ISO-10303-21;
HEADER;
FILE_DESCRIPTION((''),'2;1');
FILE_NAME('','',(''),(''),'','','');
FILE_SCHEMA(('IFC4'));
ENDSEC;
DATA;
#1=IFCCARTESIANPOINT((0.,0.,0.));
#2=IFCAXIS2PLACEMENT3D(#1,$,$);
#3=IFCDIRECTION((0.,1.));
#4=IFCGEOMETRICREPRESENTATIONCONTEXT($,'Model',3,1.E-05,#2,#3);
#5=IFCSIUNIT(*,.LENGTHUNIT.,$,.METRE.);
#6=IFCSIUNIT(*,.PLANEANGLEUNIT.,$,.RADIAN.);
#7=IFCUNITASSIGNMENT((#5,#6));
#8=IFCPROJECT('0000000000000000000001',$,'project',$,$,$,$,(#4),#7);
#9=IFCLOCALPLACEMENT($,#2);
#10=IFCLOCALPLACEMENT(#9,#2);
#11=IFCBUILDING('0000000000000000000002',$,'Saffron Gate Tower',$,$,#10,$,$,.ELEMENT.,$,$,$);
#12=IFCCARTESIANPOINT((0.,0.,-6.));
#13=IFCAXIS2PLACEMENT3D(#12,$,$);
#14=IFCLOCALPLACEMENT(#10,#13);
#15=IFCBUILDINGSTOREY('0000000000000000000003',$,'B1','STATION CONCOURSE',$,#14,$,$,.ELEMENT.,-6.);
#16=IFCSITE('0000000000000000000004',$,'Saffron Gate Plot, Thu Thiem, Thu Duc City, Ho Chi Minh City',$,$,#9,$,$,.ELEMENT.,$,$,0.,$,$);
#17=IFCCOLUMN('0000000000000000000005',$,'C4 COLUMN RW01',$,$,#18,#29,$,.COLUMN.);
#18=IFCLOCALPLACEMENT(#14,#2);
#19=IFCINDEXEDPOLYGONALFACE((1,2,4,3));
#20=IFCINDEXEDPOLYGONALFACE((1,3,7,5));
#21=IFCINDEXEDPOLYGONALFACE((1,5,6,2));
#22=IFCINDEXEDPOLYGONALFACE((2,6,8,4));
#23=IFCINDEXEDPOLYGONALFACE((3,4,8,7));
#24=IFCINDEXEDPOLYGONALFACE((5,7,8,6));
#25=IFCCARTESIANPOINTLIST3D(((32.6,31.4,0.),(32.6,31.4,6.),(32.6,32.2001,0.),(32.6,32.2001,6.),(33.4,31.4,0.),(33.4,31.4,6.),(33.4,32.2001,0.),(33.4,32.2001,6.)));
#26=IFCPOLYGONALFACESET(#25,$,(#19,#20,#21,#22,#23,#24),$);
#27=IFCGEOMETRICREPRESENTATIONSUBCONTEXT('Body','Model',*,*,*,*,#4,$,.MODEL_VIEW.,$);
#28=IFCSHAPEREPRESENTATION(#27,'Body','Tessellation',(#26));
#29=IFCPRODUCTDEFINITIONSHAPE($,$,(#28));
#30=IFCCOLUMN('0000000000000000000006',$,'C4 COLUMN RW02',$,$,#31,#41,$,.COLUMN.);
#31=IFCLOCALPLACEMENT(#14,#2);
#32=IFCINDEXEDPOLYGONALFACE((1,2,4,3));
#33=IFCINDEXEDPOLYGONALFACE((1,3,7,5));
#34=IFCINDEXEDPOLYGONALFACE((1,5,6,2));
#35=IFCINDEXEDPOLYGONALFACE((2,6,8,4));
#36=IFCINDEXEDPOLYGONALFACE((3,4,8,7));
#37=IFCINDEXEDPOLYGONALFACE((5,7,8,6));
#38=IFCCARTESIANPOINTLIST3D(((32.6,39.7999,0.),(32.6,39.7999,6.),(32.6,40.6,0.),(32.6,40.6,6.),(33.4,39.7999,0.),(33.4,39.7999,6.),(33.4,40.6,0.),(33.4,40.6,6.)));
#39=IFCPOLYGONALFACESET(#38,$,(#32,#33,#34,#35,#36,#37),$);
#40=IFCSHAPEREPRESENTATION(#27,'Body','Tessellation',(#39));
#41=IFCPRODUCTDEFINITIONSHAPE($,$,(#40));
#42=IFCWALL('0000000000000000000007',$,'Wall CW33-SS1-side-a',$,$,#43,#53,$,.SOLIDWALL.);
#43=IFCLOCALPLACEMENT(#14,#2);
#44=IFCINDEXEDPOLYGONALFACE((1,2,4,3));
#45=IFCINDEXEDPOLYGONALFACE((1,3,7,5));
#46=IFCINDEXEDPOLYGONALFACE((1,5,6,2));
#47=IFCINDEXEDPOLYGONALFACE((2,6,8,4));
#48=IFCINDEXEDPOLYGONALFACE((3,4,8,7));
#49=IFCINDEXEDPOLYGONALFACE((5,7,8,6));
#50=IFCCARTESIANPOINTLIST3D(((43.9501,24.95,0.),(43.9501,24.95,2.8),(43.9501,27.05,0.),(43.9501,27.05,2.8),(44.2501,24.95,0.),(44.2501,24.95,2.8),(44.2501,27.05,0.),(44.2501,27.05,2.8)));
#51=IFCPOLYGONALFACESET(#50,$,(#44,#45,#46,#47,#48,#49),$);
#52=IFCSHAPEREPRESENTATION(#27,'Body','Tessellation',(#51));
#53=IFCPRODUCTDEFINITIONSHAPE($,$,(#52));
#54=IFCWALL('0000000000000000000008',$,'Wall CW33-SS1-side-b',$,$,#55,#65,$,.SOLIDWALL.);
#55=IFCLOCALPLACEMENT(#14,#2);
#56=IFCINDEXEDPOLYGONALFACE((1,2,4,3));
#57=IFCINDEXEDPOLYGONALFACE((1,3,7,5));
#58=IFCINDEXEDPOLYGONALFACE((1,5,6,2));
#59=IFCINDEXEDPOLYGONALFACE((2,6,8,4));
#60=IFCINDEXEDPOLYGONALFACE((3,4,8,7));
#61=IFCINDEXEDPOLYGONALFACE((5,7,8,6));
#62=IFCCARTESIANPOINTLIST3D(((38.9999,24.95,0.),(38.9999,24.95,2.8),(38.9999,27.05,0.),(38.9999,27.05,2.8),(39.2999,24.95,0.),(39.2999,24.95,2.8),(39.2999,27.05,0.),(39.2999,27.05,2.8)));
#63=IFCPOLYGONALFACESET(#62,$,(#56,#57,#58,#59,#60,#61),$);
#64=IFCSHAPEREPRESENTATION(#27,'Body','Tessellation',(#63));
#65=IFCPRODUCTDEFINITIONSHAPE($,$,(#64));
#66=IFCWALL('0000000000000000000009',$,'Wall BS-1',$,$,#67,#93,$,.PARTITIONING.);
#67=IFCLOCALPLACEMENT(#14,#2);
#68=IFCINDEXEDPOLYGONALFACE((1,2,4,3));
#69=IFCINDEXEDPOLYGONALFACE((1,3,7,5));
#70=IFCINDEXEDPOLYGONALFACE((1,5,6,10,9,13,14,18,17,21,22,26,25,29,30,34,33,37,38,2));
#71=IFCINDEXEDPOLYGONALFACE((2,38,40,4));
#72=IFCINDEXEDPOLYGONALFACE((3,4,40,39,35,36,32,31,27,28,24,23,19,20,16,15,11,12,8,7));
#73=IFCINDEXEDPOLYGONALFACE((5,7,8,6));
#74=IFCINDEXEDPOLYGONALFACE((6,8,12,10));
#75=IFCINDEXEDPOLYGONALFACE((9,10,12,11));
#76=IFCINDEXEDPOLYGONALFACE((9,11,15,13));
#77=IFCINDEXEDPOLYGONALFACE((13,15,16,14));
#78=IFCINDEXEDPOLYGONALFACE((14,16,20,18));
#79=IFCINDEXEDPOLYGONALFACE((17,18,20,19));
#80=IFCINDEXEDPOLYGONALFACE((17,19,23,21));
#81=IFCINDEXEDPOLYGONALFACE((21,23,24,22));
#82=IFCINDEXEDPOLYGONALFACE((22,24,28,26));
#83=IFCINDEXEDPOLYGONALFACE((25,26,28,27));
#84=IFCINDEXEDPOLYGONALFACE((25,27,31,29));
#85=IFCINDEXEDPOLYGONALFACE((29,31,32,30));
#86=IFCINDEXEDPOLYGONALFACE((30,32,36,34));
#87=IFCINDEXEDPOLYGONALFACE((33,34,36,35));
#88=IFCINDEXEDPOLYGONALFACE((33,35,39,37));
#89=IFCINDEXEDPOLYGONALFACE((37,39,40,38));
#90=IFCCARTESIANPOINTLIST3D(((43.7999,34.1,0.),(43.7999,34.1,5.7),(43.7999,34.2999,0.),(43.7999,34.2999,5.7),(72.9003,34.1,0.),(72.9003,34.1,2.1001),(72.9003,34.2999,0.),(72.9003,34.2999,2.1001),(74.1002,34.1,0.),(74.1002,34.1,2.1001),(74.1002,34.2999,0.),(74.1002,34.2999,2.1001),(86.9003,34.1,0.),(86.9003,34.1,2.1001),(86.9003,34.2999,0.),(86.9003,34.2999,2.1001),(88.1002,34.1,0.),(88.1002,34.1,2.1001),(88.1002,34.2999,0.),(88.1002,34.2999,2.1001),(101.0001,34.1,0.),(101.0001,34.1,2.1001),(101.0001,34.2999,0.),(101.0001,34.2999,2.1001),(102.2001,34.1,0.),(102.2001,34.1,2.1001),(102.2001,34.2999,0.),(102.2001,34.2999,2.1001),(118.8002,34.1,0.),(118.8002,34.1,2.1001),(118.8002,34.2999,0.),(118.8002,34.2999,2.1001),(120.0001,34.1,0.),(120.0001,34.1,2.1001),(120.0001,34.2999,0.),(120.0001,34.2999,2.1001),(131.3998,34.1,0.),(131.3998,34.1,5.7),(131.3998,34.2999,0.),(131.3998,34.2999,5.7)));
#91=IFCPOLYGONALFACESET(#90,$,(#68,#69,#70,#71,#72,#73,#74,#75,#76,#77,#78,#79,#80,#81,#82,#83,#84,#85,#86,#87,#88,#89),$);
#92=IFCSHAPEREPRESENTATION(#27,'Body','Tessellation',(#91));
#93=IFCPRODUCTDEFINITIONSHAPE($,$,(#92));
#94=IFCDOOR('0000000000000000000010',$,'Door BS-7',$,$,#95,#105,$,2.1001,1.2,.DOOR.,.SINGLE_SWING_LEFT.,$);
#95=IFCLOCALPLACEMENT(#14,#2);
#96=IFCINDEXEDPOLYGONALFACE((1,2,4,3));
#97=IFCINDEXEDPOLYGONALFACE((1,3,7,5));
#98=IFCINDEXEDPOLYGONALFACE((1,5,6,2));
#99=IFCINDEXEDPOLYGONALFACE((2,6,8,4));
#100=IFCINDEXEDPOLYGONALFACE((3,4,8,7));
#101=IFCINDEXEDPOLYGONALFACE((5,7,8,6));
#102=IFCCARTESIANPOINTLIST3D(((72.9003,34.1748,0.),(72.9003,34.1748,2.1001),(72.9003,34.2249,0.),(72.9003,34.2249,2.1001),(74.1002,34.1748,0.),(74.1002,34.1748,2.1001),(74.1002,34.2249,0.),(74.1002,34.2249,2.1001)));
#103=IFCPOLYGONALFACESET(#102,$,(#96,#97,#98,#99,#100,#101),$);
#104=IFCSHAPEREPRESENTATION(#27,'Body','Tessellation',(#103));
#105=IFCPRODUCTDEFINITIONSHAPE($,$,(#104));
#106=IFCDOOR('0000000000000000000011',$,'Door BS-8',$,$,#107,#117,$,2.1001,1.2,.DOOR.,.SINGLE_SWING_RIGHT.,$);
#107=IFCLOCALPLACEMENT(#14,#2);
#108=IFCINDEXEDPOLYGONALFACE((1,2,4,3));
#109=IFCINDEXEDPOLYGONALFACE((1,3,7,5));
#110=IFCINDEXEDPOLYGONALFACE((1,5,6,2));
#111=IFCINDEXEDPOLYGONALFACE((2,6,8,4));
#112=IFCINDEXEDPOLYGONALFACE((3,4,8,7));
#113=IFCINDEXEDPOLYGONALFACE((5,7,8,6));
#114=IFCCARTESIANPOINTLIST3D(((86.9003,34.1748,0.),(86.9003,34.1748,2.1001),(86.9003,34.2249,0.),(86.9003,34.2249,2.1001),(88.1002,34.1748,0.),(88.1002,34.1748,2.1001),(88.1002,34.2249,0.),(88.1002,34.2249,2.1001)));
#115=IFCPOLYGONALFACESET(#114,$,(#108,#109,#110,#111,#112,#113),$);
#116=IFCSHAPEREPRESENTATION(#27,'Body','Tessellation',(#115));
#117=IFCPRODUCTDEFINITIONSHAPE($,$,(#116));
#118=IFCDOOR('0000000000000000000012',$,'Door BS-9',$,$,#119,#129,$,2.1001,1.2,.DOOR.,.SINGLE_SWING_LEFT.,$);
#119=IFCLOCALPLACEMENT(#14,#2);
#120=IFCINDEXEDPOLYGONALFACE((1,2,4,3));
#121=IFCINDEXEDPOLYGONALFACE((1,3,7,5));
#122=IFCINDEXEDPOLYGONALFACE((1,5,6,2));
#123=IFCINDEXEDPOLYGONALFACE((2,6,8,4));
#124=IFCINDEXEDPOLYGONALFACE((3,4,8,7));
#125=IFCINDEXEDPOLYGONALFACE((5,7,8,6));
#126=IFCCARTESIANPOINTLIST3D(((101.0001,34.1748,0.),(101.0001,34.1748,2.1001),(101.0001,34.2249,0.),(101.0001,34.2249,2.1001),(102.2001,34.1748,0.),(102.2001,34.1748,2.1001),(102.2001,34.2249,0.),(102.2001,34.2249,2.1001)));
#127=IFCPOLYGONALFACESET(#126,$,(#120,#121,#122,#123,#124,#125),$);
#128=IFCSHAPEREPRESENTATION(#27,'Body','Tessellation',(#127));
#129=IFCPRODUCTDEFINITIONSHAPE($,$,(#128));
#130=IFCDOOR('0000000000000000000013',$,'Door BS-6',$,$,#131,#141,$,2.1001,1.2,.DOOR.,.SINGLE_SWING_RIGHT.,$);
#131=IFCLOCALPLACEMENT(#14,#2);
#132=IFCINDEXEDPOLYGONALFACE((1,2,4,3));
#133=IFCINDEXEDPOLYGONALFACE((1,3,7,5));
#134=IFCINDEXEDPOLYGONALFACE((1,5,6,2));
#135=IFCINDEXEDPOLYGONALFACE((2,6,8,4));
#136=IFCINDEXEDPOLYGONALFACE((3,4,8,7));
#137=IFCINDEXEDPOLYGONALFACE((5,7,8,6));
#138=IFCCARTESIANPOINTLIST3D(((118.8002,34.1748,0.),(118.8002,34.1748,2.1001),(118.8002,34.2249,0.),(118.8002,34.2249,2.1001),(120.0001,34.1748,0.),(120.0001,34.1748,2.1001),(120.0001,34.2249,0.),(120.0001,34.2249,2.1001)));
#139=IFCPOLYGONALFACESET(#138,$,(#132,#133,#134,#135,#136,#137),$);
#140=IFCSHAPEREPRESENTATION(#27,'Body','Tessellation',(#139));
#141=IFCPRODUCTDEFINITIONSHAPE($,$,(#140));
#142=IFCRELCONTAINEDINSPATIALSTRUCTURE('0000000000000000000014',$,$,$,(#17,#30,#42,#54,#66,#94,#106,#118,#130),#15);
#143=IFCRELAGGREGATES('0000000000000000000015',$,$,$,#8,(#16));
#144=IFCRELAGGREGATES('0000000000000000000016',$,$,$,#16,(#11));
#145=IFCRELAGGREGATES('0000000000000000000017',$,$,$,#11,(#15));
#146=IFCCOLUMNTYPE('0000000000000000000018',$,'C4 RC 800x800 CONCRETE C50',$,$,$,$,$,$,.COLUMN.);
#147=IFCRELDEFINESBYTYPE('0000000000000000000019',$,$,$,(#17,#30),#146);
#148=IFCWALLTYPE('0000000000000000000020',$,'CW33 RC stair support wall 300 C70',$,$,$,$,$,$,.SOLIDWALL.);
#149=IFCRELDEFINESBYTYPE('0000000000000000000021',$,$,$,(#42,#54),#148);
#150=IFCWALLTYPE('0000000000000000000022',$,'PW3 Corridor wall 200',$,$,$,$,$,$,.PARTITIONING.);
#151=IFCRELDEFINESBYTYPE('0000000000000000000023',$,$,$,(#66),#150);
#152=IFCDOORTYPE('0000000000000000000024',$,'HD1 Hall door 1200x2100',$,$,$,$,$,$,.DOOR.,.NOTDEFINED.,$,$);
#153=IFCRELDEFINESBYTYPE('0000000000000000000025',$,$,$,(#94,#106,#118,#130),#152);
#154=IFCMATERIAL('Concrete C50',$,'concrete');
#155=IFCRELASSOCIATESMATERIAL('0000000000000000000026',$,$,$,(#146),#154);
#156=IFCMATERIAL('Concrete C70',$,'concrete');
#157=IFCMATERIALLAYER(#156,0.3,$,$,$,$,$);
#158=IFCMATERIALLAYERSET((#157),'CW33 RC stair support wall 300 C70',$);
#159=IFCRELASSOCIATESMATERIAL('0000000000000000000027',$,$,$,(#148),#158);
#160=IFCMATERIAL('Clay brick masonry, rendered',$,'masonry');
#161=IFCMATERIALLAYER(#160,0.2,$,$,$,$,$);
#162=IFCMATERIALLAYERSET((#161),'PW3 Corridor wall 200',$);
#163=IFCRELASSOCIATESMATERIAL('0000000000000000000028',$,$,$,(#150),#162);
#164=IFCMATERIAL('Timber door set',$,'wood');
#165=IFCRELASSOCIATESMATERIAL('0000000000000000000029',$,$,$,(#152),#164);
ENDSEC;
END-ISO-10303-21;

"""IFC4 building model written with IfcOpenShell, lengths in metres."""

from ifc_helpers import new_model, si_unit, direction, frame, frame_2d, origin, origin_2d, place, context, subcontext, project, spatial, rectangle, extrude, material, layer, layer_set, material_profile, profile_set, type_object, element, fill, save


model = new_model("IFC4")

# Units and contexts
model_context = context("Model", 3, precision=1e-05, world=origin(), true_north=direction((0.0, 1.0)))
body_context = subcontext(model_context, "Body", "Model", "MODEL_VIEW")
ifc_project = project(units=[si_unit("LENGTHUNIT", "METRE"), si_unit("PLANEANGLEUNIT", "RADIAN")], contexts=[model_context])

# Site, building, storey
site_placement = place(None, origin())
site = spatial("IfcSite", under=ifc_project, at=site_placement, Name="Saffron Gate Plot, Thu Thiem, Thu Duc City, Ho Chi Minh City", CompositionType="ELEMENT", RefElevation=0.0)
building_placement = place(site_placement, origin())
building = spatial("IfcBuilding", under=site, at=building_placement, Name="Saffron Gate Tower", CompositionType="ELEMENT")
storey_placement = place(building_placement, frame((0.0, 0.0, -6.0)))
storey = spatial("IfcBuildingStorey", under=building, at=storey_placement, Name="B1", Description="STATION CONCOURSE", CompositionType="ELEMENT", Elevation=-6.0)

# Columns
ifc_material_1 = material(Name="Concrete C50", Category="concrete")
ifc_material_profile_1 = material_profile(ifc_material_1, rectangle(XDim=0.8, YDim=0.8, at=origin_2d()))
ifc_profile_set_1 = profile_set([ifc_material_profile_1], Name="Concrete C50")
column_type = type_object("IfcColumnType", Name="C4 RC 800x800 CONCRETE C50", PredefinedType="COLUMN", material=ifc_profile_set_1)
for number, where, z_axis, x_axis, name in (
    (1, (33.0, 31.8, 0.0), (0.0, 0.0, 1.0), (1.0, 0.0, 0.0), "C4 COLUMN RW01"),
    (2, (33.0, 40.2, 0.0), (0.0, 0.0, 1.0), (1.0, 0.0, 0.0), "C4 COLUMN RW02"),
):
    element("IfcColumn", number, at=place(storey_placement, frame(where, z_axis=z_axis, x_axis=x_axis)), inside=storey, type_object=column_type, Name=name, PredefinedType="COLUMN", context=body_context, shape_type="SweptSolid", body=[
        extrude(rectangle(XDim=0.8, YDim=0.8, at=origin_2d()), origin(), (0.0, 0.0, 1.0), 6.0),
    ])

# Walls
ifc_material_2 = material(Name="Concrete C70", Category="concrete")
ifc_layer_1 = layer(ifc_material_2, 0.3)
ifc_layer_set_1 = layer_set([ifc_layer_1], Name="CW33 RC stair support wall 300 C70")
wall_type_1 = type_object("IfcWallType", Name="CW33 RC stair support wall 300 C70", PredefinedType="SOLIDWALL", material=ifc_layer_set_1)
for number, where, z_axis, x_axis, name in (
    (3, (44.1001, 24.95, 0.0), (0.0, 0.0, 1.0), (0.0, 1.0, 0.0), "Wall CW33-SS1-side-a"),
    (4, (39.1499, 24.95, 0.0), (0.0, 0.0, 1.0), (0.0, 1.0, 0.0), "Wall CW33-SS1-side-b"),
):
    element("IfcWall", number, at=place(storey_placement, frame(where, z_axis=z_axis, x_axis=x_axis)), inside=storey, type_object=wall_type_1, Name=name, PredefinedType="SOLIDWALL", context=body_context, shape_type="SweptSolid", body=[
        extrude(rectangle(XDim=2.1001, YDim=0.3, at=frame_2d((1.05, 0.0))), origin(), (0.0, 0.0, 1.0), 2.8),
    ])

# Wall, openings, doors
ifc_material_3 = material(Name="Clay brick masonry, rendered", Category="masonry")
ifc_layer_2 = layer(ifc_material_3, 0.2)
ifc_layer_set_2 = layer_set([ifc_layer_2], Name="PW3 Corridor wall 200")
wall_type_2 = type_object("IfcWallType", Name="PW3 Corridor wall 200", PredefinedType="PARTITIONING", material=ifc_layer_set_2)
wall_placement = place(storey_placement, frame((43.8, 34.2, 0.0), z_axis=(0.0, 0.0, 1.0), x_axis=(1.0, 0.0, 0.0)))
wall = element("IfcWall", 5, at=wall_placement, inside=storey, type_object=wall_type_2, Name="Wall BS-1", PredefinedType="PARTITIONING", context=body_context, shape_type="SweptSolid", body=[
    extrude(rectangle(XDim=87.5999, YDim=0.2, at=frame_2d((43.7998, 0.0))), origin(), (0.0, 0.0, 1.0), 5.7),
])
opening_1_placement = place(wall_placement, frame((29.1001, 0.0, 0.0)))
opening_1 = element("IfcOpeningElement", 6, at=opening_1_placement, cuts=wall, PredefinedType="OPENING", context=body_context, shape_type="SweptSolid", body=[
    extrude(rectangle(XDim=1.2, YDim=2.1001, at=frame_2d((0.6001, 1.05))), frame((0.0, 0.1099, 0.0), z_axis=(0.0, -1.0, 0.0), x_axis=(1.0, 0.0, 0.0)), (0.0, 0.0, 1.0), 0.22),
])
opening_2_placement = place(wall_placement, frame((43.1001, 0.0, 0.0)))
opening_2 = element("IfcOpeningElement", 7, at=opening_2_placement, cuts=wall, PredefinedType="OPENING", context=body_context, shape_type="SweptSolid", body=[
    extrude(rectangle(XDim=1.2, YDim=2.1001, at=frame_2d((0.6001, 1.05))), frame((0.0, 0.1099, 0.0), z_axis=(0.0, -1.0, 0.0), x_axis=(1.0, 0.0, 0.0)), (0.0, 0.0, 1.0), 0.22),
])
opening_3_placement = place(wall_placement, frame((57.2, 0.0, 0.0)))
opening_3 = element("IfcOpeningElement", 8, at=opening_3_placement, cuts=wall, PredefinedType="OPENING", context=body_context, shape_type="SweptSolid", body=[
    extrude(rectangle(XDim=1.2, YDim=2.1001, at=frame_2d((0.6001, 1.05))), frame((0.0, 0.1099, 0.0), z_axis=(0.0, -1.0, 0.0), x_axis=(1.0, 0.0, 0.0)), (0.0, 0.0, 1.0), 0.22),
])
opening_4_placement = place(wall_placement, frame((75.0, 0.0, 0.0)))
opening_4 = element("IfcOpeningElement", 9, at=opening_4_placement, cuts=wall, PredefinedType="OPENING", context=body_context, shape_type="SweptSolid", body=[
    extrude(rectangle(XDim=1.2, YDim=2.1001, at=frame_2d((0.6001, 1.05))), frame((0.0, 0.1099, 0.0), z_axis=(0.0, -1.0, 0.0), x_axis=(1.0, 0.0, 0.0)), (0.0, 0.0, 1.0), 0.22),
])
ifc_material_4 = material(Name="Timber door set", Category="wood")
door_type = type_object("IfcDoorType", Name="HD1 Hall door 1200x2100", OperationType="NOTDEFINED", PredefinedType="DOOR", material=ifc_material_4)
door_1_placement = place(opening_1_placement, origin())
door_1 = element("IfcDoor", 10, at=door_1_placement, inside=storey, type_object=door_type, Name="Door BS-7", OperationType="SINGLE_SWING_LEFT", OverallHeight=2.1001, OverallWidth=1.2, PredefinedType="DOOR", context=body_context, shape_type="SweptSolid", body=[
    extrude(rectangle(XDim=1.2, YDim=2.1001, at=frame_2d((0.6001, 1.05))), frame((0.0, 0.0249, 0.0), z_axis=(0.0, -1.0, 0.0), x_axis=(1.0, 0.0, 0.0)), (0.0, 0.0, 1.0), 0.05),
])
fill(opening_1, door_1)
door_2_placement = place(opening_2_placement, origin())
door_2 = element("IfcDoor", 11, at=door_2_placement, inside=storey, type_object=door_type, Name="Door BS-8", OperationType="SINGLE_SWING_RIGHT", OverallHeight=2.1001, OverallWidth=1.2, PredefinedType="DOOR", context=body_context, shape_type="SweptSolid", body=[
    extrude(rectangle(XDim=1.2, YDim=2.1001, at=frame_2d((0.6001, 1.05))), frame((0.0, 0.0249, 0.0), z_axis=(0.0, -1.0, 0.0), x_axis=(1.0, 0.0, 0.0)), (0.0, 0.0, 1.0), 0.05),
])
fill(opening_2, door_2)
door_3_placement = place(opening_3_placement, origin())
door_3 = element("IfcDoor", 12, at=door_3_placement, inside=storey, type_object=door_type, Name="Door BS-9", OperationType="SINGLE_SWING_LEFT", OverallHeight=2.1001, OverallWidth=1.2, PredefinedType="DOOR", context=body_context, shape_type="SweptSolid", body=[
    extrude(rectangle(XDim=1.2, YDim=2.1001, at=frame_2d((0.6001, 1.05))), frame((0.0, 0.0249, 0.0), z_axis=(0.0, -1.0, 0.0), x_axis=(1.0, 0.0, 0.0)), (0.0, 0.0, 1.0), 0.05),
])
fill(opening_3, door_3)
door_4_placement = place(opening_4_placement, origin())
door_4 = element("IfcDoor", 13, at=door_4_placement, inside=storey, type_object=door_type, Name="Door BS-6", OperationType="SINGLE_SWING_RIGHT", OverallHeight=2.1001, OverallWidth=1.2, PredefinedType="DOOR", context=body_context, shape_type="SweptSolid", body=[
    extrude(rectangle(XDim=1.2, YDim=2.1001, at=frame_2d((0.6001, 1.05))), frame((0.0, 0.0249, 0.0), z_axis=(0.0, -1.0, 0.0), x_axis=(1.0, 0.0, 0.0)), (0.0, 0.0, 1.0), 0.05),
])
fill(opening_4, door_4)

save(model, "model.ifc")
